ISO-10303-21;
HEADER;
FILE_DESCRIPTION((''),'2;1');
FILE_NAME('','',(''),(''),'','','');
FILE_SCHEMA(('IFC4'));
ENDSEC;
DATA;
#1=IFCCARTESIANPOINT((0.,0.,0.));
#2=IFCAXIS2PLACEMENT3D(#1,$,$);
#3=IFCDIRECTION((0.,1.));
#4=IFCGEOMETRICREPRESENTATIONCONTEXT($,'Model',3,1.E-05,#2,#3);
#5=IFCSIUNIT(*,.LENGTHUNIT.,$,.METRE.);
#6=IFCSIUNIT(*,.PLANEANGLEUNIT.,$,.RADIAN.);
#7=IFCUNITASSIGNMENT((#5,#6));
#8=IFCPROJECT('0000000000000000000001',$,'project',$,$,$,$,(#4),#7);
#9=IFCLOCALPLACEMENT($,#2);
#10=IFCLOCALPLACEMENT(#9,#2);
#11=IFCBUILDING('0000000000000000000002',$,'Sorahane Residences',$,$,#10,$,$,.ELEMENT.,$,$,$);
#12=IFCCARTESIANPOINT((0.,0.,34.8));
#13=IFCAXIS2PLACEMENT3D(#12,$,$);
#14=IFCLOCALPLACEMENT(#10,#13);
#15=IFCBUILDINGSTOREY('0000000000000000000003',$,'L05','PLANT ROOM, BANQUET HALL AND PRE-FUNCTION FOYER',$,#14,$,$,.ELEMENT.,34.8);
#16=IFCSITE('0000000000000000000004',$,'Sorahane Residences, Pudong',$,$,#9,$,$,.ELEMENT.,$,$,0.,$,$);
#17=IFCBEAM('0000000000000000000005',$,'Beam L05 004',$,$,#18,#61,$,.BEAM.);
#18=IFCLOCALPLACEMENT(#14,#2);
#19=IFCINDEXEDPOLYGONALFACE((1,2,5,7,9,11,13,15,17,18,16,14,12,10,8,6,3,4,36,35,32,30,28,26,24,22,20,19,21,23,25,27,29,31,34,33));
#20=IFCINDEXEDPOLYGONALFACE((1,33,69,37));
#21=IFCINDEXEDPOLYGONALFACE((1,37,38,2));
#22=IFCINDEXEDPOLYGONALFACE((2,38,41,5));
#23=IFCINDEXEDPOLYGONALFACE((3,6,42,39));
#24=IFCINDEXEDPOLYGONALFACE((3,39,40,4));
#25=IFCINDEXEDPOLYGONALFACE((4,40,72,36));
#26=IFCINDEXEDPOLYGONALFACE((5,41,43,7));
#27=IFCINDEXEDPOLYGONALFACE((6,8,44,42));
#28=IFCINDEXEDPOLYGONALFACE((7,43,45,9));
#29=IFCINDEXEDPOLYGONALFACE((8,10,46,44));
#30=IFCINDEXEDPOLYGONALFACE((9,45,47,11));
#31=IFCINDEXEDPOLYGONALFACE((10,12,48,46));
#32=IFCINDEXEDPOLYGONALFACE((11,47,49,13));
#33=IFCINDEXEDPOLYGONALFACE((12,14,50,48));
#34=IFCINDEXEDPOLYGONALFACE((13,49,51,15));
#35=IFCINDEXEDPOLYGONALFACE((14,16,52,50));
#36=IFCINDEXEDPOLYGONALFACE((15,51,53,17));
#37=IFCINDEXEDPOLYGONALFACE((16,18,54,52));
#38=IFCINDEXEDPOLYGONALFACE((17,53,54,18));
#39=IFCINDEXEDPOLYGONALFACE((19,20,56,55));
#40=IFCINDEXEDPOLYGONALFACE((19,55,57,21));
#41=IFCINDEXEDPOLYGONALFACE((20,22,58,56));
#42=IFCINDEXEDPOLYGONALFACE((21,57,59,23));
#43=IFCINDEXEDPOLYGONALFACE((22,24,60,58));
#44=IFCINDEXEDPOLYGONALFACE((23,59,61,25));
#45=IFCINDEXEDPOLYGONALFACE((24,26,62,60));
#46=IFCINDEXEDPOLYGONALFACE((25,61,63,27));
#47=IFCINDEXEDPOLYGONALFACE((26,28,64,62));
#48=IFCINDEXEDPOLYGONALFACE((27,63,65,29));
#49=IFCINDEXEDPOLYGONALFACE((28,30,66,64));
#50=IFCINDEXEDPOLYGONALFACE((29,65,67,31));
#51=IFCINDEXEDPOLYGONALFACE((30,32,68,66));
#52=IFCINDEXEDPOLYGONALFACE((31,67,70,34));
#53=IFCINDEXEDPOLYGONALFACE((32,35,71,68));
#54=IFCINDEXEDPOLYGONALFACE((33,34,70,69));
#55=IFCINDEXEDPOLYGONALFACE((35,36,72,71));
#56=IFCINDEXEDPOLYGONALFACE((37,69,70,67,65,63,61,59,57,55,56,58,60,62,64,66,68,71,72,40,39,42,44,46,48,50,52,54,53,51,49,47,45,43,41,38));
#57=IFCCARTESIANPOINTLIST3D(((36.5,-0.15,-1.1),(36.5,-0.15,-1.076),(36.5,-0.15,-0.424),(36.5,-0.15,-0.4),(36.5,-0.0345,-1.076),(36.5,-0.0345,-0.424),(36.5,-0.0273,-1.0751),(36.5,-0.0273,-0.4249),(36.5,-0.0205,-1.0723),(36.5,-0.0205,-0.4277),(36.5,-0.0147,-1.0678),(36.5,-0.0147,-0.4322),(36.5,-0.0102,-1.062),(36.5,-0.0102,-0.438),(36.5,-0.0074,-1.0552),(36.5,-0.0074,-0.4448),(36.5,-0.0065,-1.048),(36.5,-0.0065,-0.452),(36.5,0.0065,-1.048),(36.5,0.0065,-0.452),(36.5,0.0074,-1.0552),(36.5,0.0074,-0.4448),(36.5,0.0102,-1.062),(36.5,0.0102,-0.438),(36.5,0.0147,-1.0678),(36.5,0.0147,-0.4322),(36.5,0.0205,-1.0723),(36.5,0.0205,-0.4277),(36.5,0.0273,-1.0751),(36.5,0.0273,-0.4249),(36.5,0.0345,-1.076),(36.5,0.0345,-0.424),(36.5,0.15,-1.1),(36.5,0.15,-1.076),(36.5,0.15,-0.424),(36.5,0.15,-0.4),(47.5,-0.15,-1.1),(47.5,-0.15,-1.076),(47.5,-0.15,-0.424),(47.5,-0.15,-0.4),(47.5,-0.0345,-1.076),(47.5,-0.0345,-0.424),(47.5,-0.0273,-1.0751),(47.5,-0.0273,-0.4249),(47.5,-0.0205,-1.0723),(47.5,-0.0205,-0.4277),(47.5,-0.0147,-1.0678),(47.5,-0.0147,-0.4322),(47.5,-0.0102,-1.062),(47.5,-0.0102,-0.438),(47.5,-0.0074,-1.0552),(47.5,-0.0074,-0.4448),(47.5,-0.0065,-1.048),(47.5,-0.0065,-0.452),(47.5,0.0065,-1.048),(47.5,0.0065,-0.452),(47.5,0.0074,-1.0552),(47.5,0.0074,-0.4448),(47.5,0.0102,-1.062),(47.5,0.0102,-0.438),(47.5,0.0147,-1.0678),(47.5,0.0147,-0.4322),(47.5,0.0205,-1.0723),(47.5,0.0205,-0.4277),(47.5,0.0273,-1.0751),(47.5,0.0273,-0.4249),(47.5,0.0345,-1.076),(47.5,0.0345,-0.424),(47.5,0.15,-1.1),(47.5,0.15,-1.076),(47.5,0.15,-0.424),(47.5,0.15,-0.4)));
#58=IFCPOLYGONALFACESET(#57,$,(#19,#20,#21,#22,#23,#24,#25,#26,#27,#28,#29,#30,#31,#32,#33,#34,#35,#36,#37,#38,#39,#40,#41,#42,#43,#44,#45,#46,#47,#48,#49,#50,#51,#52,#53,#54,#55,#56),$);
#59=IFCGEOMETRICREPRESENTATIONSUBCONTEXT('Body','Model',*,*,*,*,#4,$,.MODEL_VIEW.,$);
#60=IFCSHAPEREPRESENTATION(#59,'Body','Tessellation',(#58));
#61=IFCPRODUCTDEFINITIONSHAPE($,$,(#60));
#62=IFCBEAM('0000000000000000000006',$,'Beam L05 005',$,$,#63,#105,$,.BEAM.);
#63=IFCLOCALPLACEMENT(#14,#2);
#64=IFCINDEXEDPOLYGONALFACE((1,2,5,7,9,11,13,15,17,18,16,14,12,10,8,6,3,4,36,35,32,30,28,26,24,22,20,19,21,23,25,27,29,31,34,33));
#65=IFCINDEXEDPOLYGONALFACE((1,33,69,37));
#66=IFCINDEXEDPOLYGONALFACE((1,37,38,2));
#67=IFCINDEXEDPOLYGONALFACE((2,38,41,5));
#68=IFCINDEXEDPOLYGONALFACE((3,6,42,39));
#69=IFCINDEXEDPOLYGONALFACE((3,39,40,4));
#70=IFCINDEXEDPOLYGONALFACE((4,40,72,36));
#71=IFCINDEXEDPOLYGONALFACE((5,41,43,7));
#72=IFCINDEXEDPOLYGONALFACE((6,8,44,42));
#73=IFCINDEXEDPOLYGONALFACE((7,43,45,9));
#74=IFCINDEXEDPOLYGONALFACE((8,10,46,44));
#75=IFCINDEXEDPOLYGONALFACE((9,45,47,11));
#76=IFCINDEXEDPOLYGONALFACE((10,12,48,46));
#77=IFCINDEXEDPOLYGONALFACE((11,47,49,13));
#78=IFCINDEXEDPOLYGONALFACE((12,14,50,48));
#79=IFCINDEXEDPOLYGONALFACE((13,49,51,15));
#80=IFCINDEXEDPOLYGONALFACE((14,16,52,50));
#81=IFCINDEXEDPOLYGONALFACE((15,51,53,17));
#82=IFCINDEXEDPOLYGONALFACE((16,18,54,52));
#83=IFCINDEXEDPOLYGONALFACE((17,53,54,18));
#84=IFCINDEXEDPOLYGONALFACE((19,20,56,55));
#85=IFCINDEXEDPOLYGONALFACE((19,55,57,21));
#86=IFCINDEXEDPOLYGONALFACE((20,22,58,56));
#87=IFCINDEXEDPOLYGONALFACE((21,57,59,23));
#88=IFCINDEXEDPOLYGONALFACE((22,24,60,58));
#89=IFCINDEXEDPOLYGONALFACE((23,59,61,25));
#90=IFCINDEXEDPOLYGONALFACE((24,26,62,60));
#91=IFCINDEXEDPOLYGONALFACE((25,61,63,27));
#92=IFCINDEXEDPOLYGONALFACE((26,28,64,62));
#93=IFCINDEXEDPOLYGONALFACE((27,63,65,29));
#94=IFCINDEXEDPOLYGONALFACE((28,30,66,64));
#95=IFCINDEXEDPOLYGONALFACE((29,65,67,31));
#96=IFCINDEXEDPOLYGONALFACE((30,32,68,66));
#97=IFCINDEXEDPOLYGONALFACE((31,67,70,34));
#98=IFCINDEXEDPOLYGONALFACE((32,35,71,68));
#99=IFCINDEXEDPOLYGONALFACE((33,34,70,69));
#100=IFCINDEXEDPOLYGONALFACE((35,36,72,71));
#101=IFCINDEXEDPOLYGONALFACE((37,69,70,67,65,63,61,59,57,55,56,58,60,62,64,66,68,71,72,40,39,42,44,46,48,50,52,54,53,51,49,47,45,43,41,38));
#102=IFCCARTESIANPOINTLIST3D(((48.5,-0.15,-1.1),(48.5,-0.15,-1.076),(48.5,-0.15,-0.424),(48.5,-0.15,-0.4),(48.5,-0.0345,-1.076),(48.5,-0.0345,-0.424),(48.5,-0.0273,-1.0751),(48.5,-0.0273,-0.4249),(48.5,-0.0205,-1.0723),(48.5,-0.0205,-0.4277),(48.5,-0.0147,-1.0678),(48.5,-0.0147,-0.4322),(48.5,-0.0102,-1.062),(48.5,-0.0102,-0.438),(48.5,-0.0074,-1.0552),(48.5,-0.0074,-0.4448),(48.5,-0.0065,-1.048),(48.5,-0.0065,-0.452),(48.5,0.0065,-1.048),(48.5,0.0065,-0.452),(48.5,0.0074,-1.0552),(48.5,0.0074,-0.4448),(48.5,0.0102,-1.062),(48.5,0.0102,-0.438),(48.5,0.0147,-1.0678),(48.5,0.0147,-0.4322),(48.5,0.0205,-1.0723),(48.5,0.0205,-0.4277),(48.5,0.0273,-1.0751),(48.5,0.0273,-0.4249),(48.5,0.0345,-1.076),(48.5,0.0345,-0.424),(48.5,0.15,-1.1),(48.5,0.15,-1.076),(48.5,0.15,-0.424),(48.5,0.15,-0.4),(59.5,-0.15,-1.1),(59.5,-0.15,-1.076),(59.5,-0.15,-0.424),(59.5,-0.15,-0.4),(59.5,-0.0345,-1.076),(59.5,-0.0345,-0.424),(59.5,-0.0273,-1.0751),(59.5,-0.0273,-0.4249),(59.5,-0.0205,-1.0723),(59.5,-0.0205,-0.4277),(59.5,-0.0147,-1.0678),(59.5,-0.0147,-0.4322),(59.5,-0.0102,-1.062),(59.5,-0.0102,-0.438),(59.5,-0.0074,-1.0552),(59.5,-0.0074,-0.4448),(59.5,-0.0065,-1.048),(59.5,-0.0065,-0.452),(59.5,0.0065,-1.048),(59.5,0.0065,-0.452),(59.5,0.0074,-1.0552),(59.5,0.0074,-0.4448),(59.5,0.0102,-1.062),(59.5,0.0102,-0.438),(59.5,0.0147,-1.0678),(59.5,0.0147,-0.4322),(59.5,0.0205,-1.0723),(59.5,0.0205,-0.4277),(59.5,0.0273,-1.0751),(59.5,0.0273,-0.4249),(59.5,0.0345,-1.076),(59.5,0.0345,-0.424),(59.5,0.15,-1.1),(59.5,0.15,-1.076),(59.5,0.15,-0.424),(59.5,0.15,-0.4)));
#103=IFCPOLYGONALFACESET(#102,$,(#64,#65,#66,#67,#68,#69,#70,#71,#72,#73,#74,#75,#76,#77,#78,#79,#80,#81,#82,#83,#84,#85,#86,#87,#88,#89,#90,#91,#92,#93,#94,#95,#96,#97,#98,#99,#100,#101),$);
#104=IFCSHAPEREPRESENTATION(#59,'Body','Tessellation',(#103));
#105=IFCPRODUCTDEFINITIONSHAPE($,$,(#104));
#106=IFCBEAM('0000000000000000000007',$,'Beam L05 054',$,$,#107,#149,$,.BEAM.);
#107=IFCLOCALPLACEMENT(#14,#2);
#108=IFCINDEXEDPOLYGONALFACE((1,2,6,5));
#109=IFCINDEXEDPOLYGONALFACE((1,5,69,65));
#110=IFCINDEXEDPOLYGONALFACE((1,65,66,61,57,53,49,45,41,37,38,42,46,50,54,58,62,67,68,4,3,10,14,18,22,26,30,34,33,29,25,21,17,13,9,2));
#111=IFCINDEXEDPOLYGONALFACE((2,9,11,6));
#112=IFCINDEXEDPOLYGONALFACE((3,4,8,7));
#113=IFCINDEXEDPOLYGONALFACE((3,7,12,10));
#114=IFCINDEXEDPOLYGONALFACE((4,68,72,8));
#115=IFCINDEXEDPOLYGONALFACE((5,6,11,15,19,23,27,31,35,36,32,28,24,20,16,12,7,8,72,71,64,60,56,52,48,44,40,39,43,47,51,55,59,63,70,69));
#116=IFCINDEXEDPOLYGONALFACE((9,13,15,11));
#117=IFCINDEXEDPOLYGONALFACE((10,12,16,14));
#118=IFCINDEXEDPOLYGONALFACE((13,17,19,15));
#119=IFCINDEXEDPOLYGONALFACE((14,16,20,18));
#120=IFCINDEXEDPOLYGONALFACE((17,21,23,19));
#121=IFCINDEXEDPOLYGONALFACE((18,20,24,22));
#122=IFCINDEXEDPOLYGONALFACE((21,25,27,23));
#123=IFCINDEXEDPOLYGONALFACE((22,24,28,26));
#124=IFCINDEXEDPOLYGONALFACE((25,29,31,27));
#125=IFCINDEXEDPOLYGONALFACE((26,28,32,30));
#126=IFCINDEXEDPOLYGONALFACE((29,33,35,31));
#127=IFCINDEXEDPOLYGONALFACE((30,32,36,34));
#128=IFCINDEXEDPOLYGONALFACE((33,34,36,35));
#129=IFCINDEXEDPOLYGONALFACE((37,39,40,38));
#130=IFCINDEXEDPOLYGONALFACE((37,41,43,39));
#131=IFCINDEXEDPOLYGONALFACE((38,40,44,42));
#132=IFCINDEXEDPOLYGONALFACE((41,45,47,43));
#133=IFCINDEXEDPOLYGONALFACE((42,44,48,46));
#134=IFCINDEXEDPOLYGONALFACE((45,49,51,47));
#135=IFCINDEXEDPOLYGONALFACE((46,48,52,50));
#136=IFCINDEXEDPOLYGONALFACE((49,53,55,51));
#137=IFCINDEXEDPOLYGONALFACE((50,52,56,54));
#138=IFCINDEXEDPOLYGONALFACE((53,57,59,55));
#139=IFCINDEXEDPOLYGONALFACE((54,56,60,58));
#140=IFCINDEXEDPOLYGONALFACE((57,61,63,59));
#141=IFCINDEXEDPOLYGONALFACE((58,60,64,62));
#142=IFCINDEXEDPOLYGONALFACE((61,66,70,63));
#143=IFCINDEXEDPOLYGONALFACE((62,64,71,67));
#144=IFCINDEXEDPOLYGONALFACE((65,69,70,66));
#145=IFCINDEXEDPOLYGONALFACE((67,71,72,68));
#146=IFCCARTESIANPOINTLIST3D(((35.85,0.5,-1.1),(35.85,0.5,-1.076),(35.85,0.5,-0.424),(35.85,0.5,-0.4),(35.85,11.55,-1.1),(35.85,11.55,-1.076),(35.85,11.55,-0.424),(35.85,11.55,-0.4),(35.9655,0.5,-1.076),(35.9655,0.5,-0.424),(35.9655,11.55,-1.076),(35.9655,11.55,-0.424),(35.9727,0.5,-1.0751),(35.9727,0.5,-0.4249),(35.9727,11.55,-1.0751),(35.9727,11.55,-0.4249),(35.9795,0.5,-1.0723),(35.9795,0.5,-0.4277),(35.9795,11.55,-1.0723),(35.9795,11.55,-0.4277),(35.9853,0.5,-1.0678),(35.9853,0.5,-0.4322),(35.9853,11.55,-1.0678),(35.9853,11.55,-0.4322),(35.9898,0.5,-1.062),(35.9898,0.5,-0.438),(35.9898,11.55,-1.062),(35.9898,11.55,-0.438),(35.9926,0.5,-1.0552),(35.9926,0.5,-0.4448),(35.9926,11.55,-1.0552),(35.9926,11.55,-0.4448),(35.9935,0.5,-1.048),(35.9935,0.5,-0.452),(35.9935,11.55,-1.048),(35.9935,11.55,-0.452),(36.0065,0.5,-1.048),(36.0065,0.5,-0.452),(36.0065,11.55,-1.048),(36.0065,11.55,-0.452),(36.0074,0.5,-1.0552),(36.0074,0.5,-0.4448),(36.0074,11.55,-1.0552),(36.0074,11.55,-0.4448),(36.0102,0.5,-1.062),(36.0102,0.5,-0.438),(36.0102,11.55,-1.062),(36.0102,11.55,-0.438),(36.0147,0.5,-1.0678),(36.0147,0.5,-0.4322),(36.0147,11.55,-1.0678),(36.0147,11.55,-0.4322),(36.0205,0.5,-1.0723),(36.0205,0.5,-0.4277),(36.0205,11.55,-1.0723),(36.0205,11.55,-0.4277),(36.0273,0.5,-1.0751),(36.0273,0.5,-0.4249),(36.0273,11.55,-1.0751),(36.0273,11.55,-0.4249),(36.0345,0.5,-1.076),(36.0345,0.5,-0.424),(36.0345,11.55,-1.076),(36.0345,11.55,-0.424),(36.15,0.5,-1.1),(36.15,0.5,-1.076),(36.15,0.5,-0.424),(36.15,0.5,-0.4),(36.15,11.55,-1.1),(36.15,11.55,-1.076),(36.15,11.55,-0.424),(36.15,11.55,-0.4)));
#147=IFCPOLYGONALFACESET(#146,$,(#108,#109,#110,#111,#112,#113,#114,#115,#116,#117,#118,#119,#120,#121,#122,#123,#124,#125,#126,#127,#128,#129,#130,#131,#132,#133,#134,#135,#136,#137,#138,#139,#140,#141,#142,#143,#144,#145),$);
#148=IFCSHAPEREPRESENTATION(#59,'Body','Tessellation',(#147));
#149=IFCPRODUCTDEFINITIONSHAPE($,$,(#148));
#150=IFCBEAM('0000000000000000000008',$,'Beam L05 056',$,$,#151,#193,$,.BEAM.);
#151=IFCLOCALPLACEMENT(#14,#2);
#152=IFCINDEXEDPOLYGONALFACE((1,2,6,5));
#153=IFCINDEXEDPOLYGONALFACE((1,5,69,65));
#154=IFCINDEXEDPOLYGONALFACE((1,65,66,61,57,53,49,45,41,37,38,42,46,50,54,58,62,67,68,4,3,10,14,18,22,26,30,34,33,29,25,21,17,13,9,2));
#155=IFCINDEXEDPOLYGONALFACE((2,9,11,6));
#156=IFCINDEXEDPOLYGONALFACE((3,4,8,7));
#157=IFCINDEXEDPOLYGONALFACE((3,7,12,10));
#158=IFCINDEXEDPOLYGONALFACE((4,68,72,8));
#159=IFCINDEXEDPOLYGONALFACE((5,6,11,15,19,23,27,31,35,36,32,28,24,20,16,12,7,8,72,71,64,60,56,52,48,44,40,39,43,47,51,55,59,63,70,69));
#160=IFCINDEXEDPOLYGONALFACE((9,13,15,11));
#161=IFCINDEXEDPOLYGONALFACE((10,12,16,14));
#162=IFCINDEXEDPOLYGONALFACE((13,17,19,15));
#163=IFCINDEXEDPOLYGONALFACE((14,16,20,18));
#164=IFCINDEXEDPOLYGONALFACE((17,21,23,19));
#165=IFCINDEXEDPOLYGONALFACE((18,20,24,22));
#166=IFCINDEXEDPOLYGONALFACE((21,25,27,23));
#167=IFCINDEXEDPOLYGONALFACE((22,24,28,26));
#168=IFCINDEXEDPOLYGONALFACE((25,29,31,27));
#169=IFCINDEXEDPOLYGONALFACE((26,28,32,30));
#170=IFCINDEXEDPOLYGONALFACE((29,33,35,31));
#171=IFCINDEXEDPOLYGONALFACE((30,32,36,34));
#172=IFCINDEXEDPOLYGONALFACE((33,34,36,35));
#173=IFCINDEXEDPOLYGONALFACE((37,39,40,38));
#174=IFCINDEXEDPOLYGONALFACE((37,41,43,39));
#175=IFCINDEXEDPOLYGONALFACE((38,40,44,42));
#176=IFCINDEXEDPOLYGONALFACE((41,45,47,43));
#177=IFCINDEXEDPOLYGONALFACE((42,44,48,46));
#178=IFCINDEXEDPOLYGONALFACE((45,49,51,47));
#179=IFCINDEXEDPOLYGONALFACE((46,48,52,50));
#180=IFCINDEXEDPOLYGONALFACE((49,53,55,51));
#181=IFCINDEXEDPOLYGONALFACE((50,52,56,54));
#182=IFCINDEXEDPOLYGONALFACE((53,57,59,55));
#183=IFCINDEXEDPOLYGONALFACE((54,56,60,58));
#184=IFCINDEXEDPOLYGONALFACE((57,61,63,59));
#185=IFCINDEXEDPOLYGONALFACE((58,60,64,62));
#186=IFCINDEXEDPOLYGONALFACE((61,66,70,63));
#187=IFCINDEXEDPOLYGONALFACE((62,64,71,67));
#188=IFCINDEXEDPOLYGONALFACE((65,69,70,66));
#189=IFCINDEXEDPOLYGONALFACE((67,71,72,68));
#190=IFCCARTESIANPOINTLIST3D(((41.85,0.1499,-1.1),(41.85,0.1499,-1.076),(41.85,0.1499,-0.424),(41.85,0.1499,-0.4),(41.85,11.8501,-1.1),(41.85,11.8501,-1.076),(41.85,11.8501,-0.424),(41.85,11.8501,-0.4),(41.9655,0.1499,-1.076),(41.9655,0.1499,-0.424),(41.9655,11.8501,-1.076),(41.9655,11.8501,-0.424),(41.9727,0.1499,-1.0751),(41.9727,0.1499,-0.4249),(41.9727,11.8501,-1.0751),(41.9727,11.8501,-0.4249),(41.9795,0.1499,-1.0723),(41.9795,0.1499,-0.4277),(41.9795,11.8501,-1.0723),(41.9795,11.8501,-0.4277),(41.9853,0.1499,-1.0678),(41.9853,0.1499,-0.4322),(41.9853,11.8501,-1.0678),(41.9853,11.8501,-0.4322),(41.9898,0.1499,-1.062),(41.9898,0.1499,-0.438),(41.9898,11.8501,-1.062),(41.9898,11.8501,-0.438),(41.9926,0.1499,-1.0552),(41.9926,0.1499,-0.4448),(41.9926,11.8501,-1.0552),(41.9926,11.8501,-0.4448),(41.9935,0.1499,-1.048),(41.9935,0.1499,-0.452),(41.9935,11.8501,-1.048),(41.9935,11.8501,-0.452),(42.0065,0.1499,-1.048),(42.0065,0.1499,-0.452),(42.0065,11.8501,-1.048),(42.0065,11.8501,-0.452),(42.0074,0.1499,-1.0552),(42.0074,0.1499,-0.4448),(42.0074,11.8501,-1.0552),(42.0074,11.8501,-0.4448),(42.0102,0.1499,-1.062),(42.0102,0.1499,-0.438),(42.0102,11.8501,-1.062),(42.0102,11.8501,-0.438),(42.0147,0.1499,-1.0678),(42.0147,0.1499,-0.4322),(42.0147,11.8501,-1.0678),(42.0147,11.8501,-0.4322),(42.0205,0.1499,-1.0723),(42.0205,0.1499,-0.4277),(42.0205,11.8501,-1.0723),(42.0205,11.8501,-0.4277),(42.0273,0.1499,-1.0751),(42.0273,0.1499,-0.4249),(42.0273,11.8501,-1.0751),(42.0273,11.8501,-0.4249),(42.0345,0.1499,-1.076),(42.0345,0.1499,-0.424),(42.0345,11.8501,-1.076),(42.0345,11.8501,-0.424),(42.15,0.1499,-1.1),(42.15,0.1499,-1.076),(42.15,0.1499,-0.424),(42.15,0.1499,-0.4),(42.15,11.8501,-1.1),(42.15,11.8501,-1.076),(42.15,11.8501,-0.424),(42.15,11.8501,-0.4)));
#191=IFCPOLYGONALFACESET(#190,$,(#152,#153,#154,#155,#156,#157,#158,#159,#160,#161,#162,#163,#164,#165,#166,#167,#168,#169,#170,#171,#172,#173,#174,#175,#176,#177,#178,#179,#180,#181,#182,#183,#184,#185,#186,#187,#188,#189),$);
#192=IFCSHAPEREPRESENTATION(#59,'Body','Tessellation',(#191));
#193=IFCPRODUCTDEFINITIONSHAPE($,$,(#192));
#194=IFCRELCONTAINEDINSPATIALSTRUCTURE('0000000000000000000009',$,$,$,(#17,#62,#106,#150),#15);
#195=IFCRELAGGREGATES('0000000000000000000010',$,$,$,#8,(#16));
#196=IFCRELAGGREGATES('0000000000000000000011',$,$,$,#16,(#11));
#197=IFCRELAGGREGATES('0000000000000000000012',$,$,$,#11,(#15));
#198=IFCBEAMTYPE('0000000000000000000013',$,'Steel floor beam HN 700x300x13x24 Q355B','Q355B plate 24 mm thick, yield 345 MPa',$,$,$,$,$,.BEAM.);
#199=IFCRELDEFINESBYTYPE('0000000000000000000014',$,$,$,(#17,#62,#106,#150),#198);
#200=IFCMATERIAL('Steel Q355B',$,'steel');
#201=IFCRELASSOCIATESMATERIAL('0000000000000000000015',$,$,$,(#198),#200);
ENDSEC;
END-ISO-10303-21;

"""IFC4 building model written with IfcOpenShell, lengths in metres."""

from ifc_helpers import new_model, si_unit, direction, frame, origin, origin_2d, place, context, subcontext, project, spatial, i_section, extrude, material, material_profile, profile_set, type_object, element, save


model = new_model("IFC4")

# Units and contexts
model_context = context("Model", 3, precision=1e-05, world=origin(), true_north=direction((0.0, 1.0)))
body_context = subcontext(model_context, "Body", "Model", "MODEL_VIEW")
ifc_project = project(units=[si_unit("LENGTHUNIT", "METRE"), si_unit("PLANEANGLEUNIT", "RADIAN")], contexts=[model_context])

# Site, building, storey
site_placement = place(None, origin())
site = spatial("IfcSite", under=ifc_project, at=site_placement, Name="Sorahane Residences, Pudong", CompositionType="ELEMENT", RefElevation=0.0)
building_placement = place(site_placement, origin())
building = spatial("IfcBuilding", under=site, at=building_placement, Name="Sorahane Residences", CompositionType="ELEMENT")
storey_placement = place(building_placement, frame((0.0, 0.0, 34.8)))
storey = spatial("IfcBuildingStorey", under=building, at=storey_placement, Name="L05", Description="PLANT ROOM, BANQUET HALL AND PRE-FUNCTION FOYER", CompositionType="ELEMENT", Elevation=34.8)

# Beams
ifc_material_1 = material(Name="Steel Q355B", Category="steel")
ifc_material_profile_1 = material_profile(ifc_material_1, i_section(OverallWidth=0.3, OverallDepth=0.7, WebThickness=0.0129, FlangeThickness=0.0239, FilletRadius=0.0281, at=origin_2d()), Name="HN 700x300x13x24")
ifc_profile_set_1 = profile_set([ifc_material_profile_1], Name="Steel Q355B")
beam_type_1 = type_object("IfcBeamType", Name="Steel floor beam HN 700x300x13x24 Q355B", Description="Q355B plate 24 mm thick, yield 345 MPa", PredefinedType="BEAM", material=ifc_profile_set_1)
for number, where, z_axis, x_axis, name in (
    (1, (36.5, 0.0, -0.75), (1.0, 0.0, 0.0), (0.0, 1.0, 0.0), "Beam L05 004"),
    (2, (48.5, 0.0, -0.75), (1.0, 0.0, 0.0), (0.0, 1.0, 0.0), "Beam L05 005"),
):
    element("IfcBeam", number, at=place(storey_placement, frame(where, z_axis=z_axis, x_axis=x_axis)), inside=storey, type_object=beam_type_1, Name=name, PredefinedType="BEAM", context=body_context, shape_type="SweptSolid", body=[
        extrude(i_section(OverallWidth=0.3, OverallDepth=0.7, WebThickness=0.0129, FlangeThickness=0.0239, FilletRadius=0.0281, at=origin_2d()), origin(), (0.0, 0.0, 1.0), 11.0),
    ])
beam_1_placement = place(storey_placement, frame((36.0, 0.5, -0.75), z_axis=(0.0, 1.0, 0.0), x_axis=(-1.0, 0.0, 0.0)))
element("IfcBeam", 3, at=beam_1_placement, inside=storey, type_object=beam_type_1, Name="Beam L05 054", PredefinedType="BEAM", context=body_context, shape_type="SweptSolid", body=[
    extrude(i_section(OverallWidth=0.3, OverallDepth=0.7, WebThickness=0.0129, FlangeThickness=0.0239, FilletRadius=0.0281, at=origin_2d()), origin(), (0.0, 0.0, 1.0), 11.05),
])
beam_2_placement = place(storey_placement, frame((42.0, 0.1499, -0.75), z_axis=(0.0, 1.0, 0.0), x_axis=(-1.0, 0.0, 0.0)))
element("IfcBeam", 4, at=beam_2_placement, inside=storey, type_object=beam_type_1, Name="Beam L05 056", PredefinedType="BEAM", context=body_context, shape_type="SweptSolid", body=[
    extrude(i_section(OverallWidth=0.3, OverallDepth=0.7, WebThickness=0.0129, FlangeThickness=0.0239, FilletRadius=0.0281, at=origin_2d()), origin(), (0.0, 0.0, 1.0), 11.7002),
])

save(model, "model.ifc")
